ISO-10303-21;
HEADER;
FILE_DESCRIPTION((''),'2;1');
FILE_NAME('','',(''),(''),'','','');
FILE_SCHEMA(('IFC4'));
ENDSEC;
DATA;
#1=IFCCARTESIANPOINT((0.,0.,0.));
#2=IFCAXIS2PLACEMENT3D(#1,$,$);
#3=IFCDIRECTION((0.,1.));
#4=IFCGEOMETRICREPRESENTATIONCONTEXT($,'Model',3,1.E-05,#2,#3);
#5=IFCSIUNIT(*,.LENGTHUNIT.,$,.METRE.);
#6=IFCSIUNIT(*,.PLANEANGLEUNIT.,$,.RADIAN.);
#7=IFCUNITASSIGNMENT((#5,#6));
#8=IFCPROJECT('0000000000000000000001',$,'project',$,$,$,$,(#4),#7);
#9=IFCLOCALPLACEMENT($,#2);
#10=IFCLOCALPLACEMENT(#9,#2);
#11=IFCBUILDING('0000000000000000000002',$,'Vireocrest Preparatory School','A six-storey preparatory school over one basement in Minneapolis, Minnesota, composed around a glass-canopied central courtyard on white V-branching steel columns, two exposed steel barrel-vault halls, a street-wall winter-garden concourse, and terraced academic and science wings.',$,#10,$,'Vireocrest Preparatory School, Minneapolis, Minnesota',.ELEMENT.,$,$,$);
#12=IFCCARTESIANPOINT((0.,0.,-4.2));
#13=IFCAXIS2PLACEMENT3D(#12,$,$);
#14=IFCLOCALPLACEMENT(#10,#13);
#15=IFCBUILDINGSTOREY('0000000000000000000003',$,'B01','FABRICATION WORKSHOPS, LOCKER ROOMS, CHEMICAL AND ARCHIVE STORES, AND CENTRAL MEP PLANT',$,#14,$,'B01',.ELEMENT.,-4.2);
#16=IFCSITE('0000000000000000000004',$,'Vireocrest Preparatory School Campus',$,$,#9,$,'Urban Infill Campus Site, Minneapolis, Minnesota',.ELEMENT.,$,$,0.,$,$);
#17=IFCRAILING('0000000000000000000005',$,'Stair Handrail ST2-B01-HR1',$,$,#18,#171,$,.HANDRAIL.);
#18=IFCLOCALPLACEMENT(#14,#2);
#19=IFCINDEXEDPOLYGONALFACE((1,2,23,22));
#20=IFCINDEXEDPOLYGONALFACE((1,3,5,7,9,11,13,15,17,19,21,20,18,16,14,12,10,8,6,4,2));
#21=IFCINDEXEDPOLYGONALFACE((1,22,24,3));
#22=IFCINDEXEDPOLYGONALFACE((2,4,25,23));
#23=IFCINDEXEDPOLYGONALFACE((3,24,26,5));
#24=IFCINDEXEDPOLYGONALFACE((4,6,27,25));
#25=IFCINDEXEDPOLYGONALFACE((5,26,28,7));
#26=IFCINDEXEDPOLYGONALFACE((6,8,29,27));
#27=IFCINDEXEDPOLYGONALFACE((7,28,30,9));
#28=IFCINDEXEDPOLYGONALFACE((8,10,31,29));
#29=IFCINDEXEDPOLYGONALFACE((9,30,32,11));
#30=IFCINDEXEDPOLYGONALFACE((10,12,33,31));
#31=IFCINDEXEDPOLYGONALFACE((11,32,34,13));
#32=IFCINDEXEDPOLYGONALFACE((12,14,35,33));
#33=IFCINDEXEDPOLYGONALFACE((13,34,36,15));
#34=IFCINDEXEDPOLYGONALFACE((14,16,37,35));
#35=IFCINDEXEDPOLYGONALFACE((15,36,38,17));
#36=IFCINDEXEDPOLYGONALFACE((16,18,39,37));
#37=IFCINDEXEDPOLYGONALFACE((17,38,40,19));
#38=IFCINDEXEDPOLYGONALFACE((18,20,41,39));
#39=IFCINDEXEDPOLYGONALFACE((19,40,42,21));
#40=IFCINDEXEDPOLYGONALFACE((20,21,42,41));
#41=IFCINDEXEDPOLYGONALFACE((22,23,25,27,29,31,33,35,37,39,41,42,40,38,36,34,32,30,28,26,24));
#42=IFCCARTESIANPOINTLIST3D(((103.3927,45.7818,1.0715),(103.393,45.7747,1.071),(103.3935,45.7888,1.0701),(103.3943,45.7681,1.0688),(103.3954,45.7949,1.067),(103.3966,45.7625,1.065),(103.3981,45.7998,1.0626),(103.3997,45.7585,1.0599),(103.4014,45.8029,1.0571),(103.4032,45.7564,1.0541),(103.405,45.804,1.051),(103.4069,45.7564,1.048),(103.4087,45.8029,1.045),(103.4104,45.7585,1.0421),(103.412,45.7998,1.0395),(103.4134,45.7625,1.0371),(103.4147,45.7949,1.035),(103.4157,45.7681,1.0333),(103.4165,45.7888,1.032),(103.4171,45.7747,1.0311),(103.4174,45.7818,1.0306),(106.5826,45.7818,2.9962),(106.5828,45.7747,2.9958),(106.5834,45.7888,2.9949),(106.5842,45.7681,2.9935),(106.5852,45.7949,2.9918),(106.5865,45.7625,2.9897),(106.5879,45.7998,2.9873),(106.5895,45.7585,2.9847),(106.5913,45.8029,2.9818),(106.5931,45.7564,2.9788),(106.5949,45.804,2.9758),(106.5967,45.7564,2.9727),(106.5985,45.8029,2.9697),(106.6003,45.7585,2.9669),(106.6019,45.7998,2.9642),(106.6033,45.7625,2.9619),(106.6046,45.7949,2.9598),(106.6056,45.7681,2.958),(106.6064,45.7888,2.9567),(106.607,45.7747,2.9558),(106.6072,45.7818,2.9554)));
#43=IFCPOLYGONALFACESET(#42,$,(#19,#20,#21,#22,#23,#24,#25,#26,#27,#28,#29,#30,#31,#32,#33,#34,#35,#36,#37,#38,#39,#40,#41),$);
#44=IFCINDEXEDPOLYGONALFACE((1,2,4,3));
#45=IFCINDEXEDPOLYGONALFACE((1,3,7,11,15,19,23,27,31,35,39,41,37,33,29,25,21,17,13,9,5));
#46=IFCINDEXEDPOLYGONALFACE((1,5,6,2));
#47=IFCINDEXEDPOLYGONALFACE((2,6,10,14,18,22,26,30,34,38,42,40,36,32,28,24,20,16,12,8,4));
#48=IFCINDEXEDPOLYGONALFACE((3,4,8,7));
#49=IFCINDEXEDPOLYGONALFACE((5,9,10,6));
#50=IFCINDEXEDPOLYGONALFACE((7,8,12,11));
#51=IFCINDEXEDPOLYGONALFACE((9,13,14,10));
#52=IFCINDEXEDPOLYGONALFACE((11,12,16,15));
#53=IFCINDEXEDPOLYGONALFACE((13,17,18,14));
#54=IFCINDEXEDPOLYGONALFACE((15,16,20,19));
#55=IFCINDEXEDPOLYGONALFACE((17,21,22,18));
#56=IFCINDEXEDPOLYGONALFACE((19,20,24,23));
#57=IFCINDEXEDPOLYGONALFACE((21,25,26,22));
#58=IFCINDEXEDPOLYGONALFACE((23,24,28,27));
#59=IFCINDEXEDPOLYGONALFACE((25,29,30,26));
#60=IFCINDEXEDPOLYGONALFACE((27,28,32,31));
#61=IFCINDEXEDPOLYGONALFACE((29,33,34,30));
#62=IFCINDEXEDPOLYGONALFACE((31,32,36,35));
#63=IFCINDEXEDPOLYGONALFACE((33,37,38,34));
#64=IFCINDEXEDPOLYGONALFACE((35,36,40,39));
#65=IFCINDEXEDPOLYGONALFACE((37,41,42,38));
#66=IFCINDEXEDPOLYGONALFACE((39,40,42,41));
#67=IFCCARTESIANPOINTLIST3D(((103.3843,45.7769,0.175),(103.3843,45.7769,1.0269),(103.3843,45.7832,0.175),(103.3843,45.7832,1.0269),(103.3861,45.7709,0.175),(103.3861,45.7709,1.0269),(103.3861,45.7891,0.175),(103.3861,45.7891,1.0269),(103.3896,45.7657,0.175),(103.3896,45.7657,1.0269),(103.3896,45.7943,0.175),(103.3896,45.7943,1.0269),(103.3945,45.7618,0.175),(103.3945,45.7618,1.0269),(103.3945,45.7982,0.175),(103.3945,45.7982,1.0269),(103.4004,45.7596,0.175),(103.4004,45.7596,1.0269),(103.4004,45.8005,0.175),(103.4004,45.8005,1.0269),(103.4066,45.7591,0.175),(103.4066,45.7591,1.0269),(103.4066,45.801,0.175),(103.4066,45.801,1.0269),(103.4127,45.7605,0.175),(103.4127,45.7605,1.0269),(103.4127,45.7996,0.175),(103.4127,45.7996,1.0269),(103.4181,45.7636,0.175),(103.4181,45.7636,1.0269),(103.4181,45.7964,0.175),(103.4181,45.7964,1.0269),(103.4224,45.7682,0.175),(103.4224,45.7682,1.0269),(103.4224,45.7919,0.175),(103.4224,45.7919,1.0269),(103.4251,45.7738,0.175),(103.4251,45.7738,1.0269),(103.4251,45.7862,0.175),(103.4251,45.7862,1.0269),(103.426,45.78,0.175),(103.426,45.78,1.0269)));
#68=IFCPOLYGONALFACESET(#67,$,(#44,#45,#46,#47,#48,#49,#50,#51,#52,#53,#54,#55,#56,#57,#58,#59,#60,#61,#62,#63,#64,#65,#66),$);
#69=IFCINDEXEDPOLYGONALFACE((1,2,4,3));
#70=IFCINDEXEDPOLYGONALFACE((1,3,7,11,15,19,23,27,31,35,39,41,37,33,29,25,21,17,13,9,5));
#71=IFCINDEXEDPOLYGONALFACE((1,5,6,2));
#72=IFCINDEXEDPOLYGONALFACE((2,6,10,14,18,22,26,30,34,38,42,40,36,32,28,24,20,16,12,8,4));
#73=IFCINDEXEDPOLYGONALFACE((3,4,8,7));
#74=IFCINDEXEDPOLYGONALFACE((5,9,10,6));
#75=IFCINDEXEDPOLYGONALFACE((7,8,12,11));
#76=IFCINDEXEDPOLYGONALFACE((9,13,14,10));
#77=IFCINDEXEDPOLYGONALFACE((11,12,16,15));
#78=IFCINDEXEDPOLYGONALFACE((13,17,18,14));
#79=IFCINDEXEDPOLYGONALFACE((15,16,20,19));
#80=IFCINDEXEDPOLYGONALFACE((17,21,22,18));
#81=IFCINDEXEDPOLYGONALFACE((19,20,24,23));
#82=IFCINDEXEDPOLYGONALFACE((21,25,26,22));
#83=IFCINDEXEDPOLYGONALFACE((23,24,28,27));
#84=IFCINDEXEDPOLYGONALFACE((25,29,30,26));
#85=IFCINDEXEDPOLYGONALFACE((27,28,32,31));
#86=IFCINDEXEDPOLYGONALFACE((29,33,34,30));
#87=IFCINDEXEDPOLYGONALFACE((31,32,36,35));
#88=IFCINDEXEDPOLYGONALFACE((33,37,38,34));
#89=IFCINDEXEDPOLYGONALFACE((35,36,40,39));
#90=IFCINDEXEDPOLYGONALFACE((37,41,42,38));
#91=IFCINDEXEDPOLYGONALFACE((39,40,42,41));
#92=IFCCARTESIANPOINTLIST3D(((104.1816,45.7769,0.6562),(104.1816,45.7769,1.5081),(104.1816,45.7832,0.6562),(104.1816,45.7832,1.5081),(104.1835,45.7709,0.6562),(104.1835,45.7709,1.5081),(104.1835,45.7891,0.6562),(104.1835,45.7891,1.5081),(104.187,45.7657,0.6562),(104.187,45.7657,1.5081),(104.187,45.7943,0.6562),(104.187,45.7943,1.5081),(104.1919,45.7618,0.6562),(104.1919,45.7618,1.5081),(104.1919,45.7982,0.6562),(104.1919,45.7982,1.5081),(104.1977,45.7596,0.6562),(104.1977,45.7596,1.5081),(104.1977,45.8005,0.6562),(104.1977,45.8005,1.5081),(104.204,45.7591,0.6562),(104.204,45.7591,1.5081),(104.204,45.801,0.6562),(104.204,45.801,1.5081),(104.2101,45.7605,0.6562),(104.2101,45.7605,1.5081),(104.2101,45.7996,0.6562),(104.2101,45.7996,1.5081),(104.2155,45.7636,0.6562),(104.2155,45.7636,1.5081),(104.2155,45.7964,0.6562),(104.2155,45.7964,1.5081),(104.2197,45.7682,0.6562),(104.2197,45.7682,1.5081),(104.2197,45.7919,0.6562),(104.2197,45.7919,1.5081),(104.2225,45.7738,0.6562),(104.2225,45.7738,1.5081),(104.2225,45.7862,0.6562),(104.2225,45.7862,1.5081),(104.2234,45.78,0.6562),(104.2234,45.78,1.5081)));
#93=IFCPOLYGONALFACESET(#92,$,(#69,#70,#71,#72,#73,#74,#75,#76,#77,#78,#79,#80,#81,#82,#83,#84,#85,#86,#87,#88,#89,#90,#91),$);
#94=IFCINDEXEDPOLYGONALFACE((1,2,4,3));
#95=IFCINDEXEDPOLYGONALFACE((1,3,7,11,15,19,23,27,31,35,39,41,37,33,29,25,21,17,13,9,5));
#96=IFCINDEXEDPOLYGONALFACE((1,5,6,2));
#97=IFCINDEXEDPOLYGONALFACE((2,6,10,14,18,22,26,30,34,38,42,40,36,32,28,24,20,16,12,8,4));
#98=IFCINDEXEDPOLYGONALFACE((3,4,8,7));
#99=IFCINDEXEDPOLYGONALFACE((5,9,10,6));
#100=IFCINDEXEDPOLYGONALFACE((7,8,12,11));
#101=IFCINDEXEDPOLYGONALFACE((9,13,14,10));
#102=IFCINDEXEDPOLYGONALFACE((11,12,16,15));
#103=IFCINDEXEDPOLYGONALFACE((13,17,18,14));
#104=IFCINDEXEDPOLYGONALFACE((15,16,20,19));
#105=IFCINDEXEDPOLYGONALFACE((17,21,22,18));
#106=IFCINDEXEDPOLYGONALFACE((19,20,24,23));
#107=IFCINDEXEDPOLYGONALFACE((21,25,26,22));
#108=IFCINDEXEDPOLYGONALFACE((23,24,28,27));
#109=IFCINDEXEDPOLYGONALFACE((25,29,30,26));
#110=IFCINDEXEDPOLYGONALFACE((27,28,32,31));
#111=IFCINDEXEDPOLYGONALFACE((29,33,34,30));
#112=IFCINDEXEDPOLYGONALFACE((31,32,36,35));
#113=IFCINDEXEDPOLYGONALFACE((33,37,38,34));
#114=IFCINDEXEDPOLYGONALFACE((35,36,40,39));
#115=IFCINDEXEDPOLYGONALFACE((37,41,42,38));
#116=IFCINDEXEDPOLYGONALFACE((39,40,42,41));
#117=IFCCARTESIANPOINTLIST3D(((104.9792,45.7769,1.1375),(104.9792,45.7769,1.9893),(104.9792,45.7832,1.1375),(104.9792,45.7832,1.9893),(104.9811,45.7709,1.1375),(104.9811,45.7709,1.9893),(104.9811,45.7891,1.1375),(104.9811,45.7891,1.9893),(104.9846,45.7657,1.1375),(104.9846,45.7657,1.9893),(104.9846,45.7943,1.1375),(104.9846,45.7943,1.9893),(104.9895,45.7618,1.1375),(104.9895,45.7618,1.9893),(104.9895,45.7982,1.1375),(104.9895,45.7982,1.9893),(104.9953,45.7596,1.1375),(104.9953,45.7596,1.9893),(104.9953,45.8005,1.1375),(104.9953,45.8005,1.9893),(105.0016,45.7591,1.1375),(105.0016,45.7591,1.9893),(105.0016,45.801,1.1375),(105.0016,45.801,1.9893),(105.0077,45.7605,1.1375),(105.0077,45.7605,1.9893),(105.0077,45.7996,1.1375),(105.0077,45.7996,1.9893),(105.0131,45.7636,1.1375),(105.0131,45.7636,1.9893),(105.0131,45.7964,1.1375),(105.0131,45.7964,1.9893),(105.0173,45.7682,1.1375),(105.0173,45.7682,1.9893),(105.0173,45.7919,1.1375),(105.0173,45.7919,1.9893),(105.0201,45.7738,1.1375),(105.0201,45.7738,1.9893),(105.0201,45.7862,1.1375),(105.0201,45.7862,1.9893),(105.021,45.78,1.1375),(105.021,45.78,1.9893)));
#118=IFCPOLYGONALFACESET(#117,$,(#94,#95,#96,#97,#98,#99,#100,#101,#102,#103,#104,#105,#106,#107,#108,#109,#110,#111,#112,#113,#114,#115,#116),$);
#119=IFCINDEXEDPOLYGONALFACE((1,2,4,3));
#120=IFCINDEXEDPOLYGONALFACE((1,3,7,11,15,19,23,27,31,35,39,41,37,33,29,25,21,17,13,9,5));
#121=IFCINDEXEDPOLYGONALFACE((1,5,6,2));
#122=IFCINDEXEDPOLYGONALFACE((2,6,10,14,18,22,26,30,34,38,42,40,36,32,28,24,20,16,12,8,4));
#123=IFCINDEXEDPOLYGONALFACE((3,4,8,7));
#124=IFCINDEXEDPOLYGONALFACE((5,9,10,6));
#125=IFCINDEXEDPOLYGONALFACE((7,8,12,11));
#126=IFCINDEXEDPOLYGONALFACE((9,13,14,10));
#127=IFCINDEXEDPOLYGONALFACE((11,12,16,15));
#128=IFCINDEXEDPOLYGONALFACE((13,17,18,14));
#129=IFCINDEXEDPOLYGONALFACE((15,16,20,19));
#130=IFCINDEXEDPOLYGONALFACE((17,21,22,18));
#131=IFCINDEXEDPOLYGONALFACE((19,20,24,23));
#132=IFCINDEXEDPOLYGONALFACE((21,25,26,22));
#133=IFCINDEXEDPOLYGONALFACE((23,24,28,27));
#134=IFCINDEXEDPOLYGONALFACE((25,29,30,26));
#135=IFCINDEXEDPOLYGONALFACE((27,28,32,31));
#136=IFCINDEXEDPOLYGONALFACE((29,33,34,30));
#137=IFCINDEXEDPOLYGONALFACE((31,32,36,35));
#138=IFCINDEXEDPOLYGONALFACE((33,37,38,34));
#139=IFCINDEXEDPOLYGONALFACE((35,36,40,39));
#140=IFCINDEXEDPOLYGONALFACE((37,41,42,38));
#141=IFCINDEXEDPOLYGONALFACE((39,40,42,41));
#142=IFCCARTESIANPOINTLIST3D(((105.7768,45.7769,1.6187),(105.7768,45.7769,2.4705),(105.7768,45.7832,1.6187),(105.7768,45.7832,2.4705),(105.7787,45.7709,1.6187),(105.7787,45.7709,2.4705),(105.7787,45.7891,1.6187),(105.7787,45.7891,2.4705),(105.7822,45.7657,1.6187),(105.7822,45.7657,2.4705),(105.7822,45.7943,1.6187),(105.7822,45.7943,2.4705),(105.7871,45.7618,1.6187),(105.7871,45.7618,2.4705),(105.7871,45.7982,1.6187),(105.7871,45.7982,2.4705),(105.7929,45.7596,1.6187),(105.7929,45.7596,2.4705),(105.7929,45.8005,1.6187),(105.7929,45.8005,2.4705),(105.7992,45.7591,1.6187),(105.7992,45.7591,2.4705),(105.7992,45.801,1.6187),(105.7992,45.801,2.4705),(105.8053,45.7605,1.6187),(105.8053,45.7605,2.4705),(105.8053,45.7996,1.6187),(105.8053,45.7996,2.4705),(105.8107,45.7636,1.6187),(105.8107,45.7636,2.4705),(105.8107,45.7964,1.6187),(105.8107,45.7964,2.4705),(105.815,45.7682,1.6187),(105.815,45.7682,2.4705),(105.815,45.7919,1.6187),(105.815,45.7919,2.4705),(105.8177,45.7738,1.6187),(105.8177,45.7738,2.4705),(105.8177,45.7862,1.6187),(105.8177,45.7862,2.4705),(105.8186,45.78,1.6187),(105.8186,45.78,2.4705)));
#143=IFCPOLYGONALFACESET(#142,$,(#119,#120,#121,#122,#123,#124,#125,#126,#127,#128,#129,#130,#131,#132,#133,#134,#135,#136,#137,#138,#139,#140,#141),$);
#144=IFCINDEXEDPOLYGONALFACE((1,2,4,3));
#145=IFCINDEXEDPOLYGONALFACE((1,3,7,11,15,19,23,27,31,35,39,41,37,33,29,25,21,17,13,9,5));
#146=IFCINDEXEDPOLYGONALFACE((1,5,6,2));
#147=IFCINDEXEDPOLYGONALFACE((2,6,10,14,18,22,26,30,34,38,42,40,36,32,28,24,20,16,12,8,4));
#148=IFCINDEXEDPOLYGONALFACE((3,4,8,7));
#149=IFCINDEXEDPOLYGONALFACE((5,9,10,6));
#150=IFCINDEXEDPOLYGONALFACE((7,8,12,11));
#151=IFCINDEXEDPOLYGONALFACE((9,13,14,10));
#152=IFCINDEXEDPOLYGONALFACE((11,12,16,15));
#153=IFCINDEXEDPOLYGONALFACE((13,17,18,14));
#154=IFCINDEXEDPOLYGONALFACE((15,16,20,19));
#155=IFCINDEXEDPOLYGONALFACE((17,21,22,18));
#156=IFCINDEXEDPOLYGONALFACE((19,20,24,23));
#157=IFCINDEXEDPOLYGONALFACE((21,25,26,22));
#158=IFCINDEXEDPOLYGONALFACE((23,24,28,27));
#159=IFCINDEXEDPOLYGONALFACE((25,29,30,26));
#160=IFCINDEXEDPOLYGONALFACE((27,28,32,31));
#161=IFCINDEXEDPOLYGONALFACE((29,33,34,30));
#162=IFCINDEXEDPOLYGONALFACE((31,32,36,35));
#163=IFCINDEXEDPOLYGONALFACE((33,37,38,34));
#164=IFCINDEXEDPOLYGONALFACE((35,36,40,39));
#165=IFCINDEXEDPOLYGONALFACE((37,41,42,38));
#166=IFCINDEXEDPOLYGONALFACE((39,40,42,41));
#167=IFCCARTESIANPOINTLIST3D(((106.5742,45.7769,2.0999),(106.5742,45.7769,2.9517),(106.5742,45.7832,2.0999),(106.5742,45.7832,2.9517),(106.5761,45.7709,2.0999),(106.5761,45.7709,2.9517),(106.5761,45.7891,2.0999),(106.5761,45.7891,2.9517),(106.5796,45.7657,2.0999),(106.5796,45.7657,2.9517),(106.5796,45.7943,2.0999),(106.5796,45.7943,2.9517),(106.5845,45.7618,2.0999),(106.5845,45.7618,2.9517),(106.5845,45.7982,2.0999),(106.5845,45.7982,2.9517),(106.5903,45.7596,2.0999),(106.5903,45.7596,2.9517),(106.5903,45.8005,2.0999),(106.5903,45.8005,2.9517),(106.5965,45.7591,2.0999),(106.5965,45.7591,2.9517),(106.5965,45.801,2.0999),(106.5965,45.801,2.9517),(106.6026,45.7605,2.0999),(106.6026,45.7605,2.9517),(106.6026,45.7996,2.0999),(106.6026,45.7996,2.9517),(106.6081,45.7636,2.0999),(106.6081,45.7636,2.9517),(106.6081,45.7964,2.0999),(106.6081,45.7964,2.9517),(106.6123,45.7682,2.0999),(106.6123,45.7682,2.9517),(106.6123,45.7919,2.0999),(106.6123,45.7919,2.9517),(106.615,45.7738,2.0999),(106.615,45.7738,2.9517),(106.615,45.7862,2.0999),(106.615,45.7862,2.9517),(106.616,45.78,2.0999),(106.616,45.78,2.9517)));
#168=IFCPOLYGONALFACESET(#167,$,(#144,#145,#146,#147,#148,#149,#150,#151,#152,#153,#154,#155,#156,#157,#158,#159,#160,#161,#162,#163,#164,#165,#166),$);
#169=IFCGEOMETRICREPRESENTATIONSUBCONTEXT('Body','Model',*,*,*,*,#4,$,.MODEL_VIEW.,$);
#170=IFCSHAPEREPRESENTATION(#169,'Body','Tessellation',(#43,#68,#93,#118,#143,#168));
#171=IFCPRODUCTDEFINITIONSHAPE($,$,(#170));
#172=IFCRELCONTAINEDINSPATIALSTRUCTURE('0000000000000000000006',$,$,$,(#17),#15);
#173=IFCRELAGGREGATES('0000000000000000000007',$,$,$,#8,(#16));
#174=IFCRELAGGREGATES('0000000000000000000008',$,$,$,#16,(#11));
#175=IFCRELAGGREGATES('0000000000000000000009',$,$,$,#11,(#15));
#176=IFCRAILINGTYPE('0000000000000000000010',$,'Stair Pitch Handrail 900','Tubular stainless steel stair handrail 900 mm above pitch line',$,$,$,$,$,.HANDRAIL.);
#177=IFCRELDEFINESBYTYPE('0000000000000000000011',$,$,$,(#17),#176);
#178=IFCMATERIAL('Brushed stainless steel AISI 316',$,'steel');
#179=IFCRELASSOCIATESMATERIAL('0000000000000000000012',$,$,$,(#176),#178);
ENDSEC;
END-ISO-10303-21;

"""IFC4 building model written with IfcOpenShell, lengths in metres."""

from ifc_helpers import new_model, si_unit, direction, frame, origin, origin_2d, place, context, subcontext, project, spatial, circle, extrude, material, type_object, element, save


model = new_model("IFC4")

# Units and contexts
model_context = context("Model", 3, precision=1e-05, world=origin(), true_north=direction((0.0, 1.0)))
body_context = subcontext(model_context, "Body", "Model", "MODEL_VIEW")
ifc_project = project(units=[si_unit("LENGTHUNIT", "METRE"), si_unit("PLANEANGLEUNIT", "RADIAN")], contexts=[model_context])

# Site, building, storey
site_placement = place(None, origin())
site = spatial("IfcSite", under=ifc_project, at=site_placement, Name="Vireocrest Preparatory School Campus", LongName="Urban Infill Campus Site, Minneapolis, Minnesota", CompositionType="ELEMENT", RefElevation=0.0)
building_placement = place(site_placement, origin())
building = spatial("IfcBuilding", under=site, at=building_placement, Name="Vireocrest Preparatory School", Description="A six-storey preparatory school over one basement in Minneapolis, Minnesota, composed around a glass-canopied central courtyard on white V-branching steel columns, two exposed steel barrel-vault halls, a street-wall winter-garden concourse, and terraced academic and science wings.", LongName="Vireocrest Preparatory School, Minneapolis, Minnesota", CompositionType="ELEMENT")
storey_placement = place(building_placement, frame((0.0, 0.0, -4.2)))
storey = spatial("IfcBuildingStorey", under=building, at=storey_placement, Name="B01", Description="FABRICATION WORKSHOPS, LOCKER ROOMS, CHEMICAL AND ARCHIVE STORES, AND CENTRAL MEP PLANT", LongName="B01", CompositionType="ELEMENT", Elevation=-4.2)

# Railing
ifc_material_1 = material(Name="Brushed stainless steel AISI 316", Category="steel")
railing_type_1 = type_object("IfcRailingType", Name="Stair Pitch Handrail 900", Description="Tubular stainless steel stair handrail 900 mm above pitch line", PredefinedType="HANDRAIL", material=ifc_material_1)
railing_1_placement = place(storey_placement, frame((103.405, 45.78, 0.175)))
element("IfcRailing", 1, at=railing_1_placement, inside=storey, type_object=railing_type_1, Name="Stair Handrail ST2-B01-HR1", PredefinedType="HANDRAIL", context=body_context, shape_type="SweptSolid", body=[
    extrude(circle(Radius=0.0239, at=origin_2d()), frame((0.0, 0.0, 0.876), z_axis=(0.856207, 0.0, 0.516633), x_axis=(0.0, 1.0, 0.0)), (0.0, 0.0, 1.0), 3.7256),
    extrude(circle(Radius=0.021, at=origin_2d()), origin(), (0.0, 0.0, 1.0), 0.8518),
    extrude(circle(Radius=0.021, at=origin_2d()), frame((0.7974, 0.0, 0.4812)), (0.0, 0.0, 1.0), 0.8518),
    extrude(circle(Radius=0.021, at=origin_2d()), frame((1.595, 0.0, 0.9624)), (0.0, 0.0, 1.0), 0.8518),
    extrude(circle(Radius=0.021, at=origin_2d()), frame((2.3926, 0.0, 1.4436)), (0.0, 0.0, 1.0), 0.8518),
    extrude(circle(Radius=0.021, at=origin_2d()), frame((3.1899, 0.0, 1.9248)), (0.0, 0.0, 1.0), 0.8518),
])

save(model, "model.ifc")
